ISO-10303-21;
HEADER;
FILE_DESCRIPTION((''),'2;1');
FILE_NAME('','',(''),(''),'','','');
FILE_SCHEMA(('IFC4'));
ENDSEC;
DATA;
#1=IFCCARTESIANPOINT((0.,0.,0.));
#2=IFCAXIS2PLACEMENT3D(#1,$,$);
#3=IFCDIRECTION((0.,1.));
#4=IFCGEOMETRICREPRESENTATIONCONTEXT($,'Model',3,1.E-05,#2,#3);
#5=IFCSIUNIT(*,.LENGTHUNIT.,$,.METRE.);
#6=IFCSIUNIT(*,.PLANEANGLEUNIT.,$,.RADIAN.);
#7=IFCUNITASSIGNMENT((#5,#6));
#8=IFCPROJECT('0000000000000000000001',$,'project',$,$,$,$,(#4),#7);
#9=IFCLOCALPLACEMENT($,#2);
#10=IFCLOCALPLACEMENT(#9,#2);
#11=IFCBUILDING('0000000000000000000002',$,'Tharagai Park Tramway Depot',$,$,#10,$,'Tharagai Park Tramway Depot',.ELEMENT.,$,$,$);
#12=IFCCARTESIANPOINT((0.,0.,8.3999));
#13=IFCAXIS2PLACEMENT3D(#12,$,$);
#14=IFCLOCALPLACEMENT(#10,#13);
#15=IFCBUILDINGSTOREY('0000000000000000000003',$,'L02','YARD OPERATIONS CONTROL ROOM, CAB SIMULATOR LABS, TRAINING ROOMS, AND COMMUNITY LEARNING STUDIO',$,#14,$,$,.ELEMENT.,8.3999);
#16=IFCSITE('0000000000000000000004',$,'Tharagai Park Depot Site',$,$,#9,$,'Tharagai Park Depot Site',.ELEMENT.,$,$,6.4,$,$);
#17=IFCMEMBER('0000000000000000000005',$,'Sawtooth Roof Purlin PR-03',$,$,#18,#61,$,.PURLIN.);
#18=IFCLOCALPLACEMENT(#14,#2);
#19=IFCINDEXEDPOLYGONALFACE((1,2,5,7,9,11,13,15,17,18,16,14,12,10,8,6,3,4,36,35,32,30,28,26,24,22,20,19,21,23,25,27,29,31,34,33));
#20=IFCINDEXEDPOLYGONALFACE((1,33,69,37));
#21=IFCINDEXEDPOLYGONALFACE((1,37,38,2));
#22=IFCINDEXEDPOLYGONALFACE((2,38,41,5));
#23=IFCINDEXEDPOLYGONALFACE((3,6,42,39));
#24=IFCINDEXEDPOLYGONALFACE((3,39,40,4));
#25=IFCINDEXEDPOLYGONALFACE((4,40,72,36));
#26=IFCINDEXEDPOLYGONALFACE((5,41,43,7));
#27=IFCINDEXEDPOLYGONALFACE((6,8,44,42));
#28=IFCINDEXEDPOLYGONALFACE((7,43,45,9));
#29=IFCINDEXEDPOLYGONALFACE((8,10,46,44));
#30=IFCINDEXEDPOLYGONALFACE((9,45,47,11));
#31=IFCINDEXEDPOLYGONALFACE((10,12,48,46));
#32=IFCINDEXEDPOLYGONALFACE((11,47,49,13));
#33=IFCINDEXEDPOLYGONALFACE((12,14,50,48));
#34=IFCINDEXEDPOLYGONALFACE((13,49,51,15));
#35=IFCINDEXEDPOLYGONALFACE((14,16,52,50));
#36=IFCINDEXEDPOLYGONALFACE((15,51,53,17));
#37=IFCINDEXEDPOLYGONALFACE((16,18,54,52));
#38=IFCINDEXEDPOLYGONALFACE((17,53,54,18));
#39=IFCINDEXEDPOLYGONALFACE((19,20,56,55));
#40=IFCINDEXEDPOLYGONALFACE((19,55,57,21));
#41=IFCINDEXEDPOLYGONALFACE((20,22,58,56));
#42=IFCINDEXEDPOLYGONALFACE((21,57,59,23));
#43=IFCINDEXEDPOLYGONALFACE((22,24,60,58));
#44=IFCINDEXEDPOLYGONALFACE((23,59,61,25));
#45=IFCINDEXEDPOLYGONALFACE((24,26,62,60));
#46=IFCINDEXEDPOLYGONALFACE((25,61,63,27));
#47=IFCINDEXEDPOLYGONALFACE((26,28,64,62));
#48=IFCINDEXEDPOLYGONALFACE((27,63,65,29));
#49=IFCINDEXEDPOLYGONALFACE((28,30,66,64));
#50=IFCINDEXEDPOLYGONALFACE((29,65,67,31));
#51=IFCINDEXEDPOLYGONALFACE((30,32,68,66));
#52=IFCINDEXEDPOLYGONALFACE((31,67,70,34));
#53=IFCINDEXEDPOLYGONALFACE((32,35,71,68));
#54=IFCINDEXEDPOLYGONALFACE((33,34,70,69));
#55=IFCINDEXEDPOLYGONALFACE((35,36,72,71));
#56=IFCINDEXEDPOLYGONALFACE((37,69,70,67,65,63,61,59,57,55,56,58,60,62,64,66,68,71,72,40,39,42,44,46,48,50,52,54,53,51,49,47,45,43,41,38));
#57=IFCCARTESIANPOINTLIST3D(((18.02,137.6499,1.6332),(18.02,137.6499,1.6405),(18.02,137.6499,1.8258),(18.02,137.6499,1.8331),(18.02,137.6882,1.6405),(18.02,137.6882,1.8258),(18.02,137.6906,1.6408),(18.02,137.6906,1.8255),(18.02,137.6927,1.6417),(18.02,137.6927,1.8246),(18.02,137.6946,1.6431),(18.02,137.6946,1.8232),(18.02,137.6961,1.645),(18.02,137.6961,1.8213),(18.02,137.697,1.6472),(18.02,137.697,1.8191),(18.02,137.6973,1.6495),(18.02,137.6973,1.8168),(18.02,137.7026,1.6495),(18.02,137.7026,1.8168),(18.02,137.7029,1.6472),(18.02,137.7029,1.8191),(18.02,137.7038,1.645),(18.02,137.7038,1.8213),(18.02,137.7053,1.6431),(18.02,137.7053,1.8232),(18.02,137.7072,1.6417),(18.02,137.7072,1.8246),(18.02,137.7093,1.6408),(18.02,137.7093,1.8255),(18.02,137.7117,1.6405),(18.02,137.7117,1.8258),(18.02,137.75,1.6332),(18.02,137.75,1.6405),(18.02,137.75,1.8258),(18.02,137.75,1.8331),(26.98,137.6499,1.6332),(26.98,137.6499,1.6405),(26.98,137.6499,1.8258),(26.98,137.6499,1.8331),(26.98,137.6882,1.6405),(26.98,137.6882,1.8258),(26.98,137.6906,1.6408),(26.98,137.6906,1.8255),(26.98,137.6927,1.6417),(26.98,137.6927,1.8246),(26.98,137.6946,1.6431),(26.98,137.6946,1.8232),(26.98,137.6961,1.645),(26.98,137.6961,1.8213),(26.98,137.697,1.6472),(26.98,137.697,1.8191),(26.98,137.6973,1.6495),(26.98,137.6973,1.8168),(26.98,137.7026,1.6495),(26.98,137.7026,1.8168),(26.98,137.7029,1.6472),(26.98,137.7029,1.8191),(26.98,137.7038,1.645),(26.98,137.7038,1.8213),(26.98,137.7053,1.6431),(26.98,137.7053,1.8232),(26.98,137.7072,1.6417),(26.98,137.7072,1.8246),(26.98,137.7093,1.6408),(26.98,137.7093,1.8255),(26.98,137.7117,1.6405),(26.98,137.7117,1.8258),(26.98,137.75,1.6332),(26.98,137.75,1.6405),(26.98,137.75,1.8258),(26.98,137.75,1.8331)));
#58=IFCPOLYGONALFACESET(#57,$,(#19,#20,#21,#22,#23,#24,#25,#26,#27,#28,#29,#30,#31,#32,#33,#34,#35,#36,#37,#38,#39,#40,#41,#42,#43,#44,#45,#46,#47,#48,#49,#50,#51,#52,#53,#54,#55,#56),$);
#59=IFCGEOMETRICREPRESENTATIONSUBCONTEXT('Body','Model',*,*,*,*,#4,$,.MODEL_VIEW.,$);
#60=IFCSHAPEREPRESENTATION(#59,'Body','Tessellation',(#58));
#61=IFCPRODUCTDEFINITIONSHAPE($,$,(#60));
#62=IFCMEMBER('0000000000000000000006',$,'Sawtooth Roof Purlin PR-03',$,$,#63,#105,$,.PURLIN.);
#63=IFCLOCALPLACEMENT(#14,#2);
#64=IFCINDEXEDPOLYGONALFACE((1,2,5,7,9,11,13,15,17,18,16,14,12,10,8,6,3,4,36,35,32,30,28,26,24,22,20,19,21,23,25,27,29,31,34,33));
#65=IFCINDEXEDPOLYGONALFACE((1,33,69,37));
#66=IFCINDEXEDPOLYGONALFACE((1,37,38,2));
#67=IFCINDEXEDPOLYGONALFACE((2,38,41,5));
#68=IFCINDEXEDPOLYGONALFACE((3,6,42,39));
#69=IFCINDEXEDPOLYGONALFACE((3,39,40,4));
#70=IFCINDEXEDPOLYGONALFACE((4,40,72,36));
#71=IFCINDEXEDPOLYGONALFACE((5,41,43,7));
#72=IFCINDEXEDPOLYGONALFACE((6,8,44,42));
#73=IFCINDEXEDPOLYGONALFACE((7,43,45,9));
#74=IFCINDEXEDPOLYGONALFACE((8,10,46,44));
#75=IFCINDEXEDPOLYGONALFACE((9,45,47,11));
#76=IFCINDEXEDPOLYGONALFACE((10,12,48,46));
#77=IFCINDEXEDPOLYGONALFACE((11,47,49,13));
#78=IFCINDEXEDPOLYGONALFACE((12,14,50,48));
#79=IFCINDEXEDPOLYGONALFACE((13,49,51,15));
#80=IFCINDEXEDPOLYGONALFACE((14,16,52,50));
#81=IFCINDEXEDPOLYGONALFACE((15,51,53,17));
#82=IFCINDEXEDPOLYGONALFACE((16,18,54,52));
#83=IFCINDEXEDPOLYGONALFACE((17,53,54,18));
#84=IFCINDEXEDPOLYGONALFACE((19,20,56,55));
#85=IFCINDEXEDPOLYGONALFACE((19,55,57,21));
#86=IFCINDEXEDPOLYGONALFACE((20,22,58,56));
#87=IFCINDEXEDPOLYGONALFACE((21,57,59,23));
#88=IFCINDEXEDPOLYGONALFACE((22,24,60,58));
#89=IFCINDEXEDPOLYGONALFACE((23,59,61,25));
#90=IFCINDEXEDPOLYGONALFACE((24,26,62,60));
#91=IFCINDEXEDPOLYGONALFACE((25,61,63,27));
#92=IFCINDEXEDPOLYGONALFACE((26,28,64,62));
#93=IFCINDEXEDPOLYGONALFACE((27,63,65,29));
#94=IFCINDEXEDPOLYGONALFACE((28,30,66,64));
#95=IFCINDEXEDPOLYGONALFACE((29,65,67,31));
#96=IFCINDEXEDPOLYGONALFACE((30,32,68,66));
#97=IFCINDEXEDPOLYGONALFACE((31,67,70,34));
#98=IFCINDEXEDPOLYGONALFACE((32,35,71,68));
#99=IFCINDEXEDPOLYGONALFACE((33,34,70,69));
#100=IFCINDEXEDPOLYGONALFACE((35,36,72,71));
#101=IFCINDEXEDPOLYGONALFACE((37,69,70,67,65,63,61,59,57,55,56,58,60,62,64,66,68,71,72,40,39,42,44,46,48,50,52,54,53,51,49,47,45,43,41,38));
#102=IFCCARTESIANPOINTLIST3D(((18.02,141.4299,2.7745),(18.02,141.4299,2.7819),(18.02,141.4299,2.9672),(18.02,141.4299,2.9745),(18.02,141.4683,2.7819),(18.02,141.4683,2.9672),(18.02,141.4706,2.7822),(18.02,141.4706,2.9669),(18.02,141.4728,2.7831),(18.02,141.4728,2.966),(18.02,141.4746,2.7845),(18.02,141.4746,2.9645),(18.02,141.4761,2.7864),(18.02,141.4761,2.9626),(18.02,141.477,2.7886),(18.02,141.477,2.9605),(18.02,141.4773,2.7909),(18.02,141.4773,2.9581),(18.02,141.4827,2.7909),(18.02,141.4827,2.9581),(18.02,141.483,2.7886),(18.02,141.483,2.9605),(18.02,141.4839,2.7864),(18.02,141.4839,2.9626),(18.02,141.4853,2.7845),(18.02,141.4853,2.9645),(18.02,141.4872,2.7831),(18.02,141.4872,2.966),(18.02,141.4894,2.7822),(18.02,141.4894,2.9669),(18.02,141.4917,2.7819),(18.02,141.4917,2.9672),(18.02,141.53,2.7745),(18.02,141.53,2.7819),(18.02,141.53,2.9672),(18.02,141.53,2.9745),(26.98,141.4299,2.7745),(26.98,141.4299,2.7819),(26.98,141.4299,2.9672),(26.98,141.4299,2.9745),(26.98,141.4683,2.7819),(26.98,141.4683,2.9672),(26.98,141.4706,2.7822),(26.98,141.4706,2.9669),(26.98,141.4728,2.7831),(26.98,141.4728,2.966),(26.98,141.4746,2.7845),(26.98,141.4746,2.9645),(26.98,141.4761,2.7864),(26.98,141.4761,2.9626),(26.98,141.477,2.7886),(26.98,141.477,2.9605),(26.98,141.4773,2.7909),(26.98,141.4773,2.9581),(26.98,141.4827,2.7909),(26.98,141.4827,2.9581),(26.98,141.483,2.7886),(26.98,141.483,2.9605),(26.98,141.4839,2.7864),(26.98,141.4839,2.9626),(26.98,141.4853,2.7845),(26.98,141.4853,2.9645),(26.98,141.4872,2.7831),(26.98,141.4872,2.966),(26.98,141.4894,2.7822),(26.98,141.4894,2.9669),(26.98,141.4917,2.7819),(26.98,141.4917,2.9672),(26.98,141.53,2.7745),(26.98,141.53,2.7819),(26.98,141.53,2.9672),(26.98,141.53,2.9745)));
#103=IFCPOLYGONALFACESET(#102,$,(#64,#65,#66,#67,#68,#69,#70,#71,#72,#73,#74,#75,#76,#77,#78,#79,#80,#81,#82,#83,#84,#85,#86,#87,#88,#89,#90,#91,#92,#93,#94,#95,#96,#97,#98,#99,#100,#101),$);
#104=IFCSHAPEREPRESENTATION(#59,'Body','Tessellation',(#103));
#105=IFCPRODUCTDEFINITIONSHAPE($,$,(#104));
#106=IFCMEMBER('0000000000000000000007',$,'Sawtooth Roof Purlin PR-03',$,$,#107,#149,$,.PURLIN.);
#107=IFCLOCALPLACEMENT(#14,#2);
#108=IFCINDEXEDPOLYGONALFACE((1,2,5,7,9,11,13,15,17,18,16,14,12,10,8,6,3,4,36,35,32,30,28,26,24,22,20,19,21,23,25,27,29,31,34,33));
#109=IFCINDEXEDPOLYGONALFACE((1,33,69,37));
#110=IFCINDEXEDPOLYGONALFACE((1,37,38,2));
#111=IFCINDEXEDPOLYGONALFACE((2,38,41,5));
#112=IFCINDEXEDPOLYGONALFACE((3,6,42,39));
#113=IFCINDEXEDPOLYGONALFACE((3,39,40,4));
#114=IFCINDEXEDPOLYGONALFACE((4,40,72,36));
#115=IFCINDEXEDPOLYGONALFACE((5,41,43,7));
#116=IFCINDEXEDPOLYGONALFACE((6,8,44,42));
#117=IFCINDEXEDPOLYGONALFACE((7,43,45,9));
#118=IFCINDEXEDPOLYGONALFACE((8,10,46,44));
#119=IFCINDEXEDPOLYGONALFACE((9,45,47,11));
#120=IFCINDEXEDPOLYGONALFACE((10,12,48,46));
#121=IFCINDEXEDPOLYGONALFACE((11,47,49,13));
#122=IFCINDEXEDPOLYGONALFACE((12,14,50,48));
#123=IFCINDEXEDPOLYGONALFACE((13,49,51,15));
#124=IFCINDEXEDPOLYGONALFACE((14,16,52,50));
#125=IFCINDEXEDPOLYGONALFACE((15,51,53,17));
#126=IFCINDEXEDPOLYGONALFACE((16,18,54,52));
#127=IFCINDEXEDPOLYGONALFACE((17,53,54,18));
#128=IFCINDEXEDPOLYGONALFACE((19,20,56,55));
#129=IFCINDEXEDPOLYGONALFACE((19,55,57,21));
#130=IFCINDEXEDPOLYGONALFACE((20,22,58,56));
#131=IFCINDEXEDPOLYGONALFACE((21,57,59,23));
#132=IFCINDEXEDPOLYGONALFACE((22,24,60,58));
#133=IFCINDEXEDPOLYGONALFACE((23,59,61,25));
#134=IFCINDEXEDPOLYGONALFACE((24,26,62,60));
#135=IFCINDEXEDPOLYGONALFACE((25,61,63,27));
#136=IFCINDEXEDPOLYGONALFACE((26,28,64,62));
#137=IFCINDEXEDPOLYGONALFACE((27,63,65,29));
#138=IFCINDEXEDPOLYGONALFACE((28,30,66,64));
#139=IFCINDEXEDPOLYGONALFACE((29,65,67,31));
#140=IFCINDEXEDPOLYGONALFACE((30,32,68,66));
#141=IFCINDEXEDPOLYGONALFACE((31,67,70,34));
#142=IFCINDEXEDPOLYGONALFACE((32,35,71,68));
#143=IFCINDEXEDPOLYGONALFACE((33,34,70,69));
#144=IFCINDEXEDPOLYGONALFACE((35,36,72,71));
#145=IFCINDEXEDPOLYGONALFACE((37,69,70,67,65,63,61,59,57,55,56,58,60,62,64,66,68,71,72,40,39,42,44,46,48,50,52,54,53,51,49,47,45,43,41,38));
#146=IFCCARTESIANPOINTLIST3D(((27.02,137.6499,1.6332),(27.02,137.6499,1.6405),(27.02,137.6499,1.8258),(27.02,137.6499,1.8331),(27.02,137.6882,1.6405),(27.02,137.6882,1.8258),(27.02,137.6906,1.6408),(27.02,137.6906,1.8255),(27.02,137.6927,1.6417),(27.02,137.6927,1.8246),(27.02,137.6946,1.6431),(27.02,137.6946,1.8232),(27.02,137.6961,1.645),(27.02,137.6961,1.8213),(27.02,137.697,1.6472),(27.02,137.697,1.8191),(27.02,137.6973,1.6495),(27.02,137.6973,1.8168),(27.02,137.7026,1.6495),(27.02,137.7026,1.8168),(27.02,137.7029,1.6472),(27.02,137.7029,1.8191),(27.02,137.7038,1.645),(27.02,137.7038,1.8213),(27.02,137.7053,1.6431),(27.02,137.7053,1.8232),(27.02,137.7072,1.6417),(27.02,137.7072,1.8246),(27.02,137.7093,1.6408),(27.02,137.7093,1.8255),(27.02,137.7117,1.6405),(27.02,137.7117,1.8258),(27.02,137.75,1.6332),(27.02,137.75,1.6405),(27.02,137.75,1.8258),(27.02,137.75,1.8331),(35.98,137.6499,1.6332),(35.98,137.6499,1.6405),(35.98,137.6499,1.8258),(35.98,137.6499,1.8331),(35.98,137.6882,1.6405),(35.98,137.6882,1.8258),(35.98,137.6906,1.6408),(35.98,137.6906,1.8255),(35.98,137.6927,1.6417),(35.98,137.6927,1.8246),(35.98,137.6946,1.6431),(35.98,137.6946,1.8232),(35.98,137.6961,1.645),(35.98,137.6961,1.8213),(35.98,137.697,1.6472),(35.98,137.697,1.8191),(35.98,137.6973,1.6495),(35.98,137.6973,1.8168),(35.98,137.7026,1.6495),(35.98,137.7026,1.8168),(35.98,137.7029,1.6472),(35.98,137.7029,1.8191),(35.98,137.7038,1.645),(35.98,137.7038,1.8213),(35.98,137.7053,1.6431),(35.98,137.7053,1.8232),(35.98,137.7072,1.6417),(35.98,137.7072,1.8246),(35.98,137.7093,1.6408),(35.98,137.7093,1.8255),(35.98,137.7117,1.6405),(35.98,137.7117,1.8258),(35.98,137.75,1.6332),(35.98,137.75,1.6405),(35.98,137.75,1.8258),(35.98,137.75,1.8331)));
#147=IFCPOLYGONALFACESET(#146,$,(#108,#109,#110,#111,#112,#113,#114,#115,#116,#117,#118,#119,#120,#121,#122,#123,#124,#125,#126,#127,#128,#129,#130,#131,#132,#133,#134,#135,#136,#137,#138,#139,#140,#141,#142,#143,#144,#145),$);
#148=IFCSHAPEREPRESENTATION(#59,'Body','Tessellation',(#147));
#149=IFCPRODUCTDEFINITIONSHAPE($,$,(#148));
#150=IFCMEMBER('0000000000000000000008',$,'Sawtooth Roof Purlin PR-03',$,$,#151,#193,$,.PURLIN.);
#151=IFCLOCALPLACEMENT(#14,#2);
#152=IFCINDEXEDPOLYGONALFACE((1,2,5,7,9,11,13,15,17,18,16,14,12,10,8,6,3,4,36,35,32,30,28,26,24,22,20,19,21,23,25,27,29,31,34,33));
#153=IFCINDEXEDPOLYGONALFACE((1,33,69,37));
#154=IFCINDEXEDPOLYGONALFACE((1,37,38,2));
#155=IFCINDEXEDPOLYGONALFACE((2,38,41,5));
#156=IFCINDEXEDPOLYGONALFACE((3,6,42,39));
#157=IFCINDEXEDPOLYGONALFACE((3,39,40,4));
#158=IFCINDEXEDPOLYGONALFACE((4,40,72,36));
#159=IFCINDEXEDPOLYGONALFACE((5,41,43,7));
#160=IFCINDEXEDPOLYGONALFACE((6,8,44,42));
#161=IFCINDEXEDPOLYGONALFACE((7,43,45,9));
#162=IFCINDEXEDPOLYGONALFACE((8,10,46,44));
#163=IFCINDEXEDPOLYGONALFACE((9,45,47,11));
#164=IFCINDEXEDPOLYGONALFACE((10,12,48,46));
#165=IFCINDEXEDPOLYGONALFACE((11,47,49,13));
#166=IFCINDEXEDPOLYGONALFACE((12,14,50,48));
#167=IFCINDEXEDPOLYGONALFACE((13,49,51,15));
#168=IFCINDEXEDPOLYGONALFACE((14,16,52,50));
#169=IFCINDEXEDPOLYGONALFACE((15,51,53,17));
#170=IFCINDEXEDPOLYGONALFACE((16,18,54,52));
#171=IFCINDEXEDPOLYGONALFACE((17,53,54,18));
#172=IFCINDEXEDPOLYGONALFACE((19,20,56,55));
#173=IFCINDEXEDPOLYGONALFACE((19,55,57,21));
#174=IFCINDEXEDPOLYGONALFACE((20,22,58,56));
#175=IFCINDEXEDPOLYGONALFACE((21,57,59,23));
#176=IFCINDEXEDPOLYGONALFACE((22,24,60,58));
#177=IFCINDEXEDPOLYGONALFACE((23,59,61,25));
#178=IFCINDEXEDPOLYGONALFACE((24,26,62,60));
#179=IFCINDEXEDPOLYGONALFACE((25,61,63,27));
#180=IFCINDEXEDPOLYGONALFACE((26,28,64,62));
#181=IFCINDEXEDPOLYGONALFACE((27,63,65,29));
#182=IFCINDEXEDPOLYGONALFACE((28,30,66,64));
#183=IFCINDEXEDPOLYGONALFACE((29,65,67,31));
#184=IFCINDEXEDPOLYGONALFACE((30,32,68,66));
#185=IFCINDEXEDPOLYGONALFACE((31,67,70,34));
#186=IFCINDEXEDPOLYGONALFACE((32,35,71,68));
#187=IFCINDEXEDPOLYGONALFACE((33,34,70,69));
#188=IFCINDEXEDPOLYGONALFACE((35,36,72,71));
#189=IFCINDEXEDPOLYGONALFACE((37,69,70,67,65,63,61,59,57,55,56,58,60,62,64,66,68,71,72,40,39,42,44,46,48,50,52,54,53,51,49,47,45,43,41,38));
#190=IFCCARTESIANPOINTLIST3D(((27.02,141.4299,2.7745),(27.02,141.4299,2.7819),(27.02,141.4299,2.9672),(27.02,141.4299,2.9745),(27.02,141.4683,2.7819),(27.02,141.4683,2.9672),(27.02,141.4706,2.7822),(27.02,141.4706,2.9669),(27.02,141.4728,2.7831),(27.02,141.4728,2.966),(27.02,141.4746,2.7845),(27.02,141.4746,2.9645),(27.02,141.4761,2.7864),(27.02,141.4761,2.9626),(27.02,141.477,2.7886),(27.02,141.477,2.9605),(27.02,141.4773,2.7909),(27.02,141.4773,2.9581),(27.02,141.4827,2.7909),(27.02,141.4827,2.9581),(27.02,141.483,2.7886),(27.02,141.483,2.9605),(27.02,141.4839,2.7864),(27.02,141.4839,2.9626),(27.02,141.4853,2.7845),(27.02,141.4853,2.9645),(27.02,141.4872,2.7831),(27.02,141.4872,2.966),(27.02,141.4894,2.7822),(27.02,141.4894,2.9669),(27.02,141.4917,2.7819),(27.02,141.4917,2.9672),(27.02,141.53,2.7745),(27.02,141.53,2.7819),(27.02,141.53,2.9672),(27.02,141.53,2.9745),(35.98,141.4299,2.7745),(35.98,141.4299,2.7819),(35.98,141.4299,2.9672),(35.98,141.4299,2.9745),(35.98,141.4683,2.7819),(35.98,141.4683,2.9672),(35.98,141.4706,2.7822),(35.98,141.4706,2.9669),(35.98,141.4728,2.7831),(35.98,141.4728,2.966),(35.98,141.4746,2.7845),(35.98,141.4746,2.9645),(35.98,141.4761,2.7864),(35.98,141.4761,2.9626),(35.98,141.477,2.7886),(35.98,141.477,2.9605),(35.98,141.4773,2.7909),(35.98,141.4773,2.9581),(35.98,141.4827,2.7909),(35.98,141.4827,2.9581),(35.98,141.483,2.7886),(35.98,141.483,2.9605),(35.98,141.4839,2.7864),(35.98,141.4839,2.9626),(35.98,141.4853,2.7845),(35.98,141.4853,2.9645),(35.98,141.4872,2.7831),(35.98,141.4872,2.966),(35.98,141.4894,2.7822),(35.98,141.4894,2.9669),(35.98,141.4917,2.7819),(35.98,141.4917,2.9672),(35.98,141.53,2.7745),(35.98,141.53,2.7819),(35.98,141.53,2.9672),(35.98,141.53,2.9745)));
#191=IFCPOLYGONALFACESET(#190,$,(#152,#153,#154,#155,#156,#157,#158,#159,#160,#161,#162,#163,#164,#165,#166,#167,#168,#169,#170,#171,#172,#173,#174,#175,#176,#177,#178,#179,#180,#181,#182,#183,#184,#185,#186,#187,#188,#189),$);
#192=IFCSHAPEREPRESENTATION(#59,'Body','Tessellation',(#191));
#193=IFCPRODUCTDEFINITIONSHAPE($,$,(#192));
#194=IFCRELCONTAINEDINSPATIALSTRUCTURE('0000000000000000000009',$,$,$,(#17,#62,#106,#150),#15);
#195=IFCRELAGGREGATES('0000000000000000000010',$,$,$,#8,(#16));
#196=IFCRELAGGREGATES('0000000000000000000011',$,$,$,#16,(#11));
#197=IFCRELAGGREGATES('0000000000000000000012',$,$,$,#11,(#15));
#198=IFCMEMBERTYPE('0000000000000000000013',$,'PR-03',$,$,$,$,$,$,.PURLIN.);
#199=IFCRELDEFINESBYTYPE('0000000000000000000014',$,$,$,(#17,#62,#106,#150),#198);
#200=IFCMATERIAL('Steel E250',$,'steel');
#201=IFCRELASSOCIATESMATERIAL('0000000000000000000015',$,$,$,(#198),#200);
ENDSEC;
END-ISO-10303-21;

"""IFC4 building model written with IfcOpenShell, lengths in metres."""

from ifc_helpers import new_model, si_unit, direction, frame, origin, origin_2d, place, context, subcontext, project, spatial, i_section, extrude, material, material_profile, profile_set, type_object, element, save


model = new_model("IFC4")

# Units and contexts
model_context = context("Model", 3, precision=1e-05, world=origin(), true_north=direction((0.0, 1.0)))
body_context = subcontext(model_context, "Body", "Model", "MODEL_VIEW")
ifc_project = project(units=[si_unit("LENGTHUNIT", "METRE"), si_unit("PLANEANGLEUNIT", "RADIAN")], contexts=[model_context])

# Site, building, storey
site_placement = place(None, origin())
site = spatial("IfcSite", under=ifc_project, at=site_placement, Name="Tharagai Park Depot Site", LongName="Tharagai Park Depot Site", CompositionType="ELEMENT", RefElevation=6.4)
building_placement = place(site_placement, origin())
building = spatial("IfcBuilding", under=site, at=building_placement, Name="Tharagai Park Tramway Depot", LongName="Tharagai Park Tramway Depot", CompositionType="ELEMENT")
storey_placement = place(building_placement, frame((0.0, 0.0, 8.3999)))
storey = spatial("IfcBuildingStorey", under=building, at=storey_placement, Name="L02", Description="YARD OPERATIONS CONTROL ROOM, CAB SIMULATOR LABS, TRAINING ROOMS, AND COMMUNITY LEARNING STUDIO", CompositionType="ELEMENT", Elevation=8.3999)

# Members
ifc_material_1 = material(Name="Steel E250", Category="steel")
ifc_material_profile_1 = material_profile(ifc_material_1, i_section(OverallWidth=0.1001, OverallDepth=0.2, WebThickness=0.0054, FlangeThickness=0.0073, FilletRadius=0.009, at=origin_2d()), Name="ISLB 200")
ifc_profile_set_1 = profile_set([ifc_material_profile_1], Name="Steel E250")
member_type_1 = type_object("IfcMemberType", Name="PR-03", PredefinedType="PURLIN", material=ifc_profile_set_1)
for number, where, z_axis, x_axis, name in (
    (1, (18.02, 137.7, 1.7332), (1.0, 0.0, 0.0), (0.0, 1.0, 0.0), "Sawtooth Roof Purlin PR-03"),
    (2, (18.02, 141.48, 2.8745), (1.0, 0.0, 0.0), (0.0, 1.0, 0.0), "Sawtooth Roof Purlin PR-03"),
    (3, (27.02, 137.7, 1.7332), (1.0, 0.0, 0.0), (0.0, 1.0, 0.0), "Sawtooth Roof Purlin PR-03"),
    (4, (27.02, 141.48, 2.8745), (1.0, 0.0, 0.0), (0.0, 1.0, 0.0), "Sawtooth Roof Purlin PR-03"),
):
    element("IfcMember", number, at=place(storey_placement, frame(where, z_axis=z_axis, x_axis=x_axis)), inside=storey, type_object=member_type_1, Name=name, PredefinedType="PURLIN", context=body_context, shape_type="SweptSolid", body=[
        extrude(i_section(OverallWidth=0.1001, OverallDepth=0.2, WebThickness=0.0054, FlangeThickness=0.0073, FilletRadius=0.009, at=origin_2d()), origin(), (0.0, 0.0, 1.0), 8.96),
    ])

save(model, "model.ifc")
